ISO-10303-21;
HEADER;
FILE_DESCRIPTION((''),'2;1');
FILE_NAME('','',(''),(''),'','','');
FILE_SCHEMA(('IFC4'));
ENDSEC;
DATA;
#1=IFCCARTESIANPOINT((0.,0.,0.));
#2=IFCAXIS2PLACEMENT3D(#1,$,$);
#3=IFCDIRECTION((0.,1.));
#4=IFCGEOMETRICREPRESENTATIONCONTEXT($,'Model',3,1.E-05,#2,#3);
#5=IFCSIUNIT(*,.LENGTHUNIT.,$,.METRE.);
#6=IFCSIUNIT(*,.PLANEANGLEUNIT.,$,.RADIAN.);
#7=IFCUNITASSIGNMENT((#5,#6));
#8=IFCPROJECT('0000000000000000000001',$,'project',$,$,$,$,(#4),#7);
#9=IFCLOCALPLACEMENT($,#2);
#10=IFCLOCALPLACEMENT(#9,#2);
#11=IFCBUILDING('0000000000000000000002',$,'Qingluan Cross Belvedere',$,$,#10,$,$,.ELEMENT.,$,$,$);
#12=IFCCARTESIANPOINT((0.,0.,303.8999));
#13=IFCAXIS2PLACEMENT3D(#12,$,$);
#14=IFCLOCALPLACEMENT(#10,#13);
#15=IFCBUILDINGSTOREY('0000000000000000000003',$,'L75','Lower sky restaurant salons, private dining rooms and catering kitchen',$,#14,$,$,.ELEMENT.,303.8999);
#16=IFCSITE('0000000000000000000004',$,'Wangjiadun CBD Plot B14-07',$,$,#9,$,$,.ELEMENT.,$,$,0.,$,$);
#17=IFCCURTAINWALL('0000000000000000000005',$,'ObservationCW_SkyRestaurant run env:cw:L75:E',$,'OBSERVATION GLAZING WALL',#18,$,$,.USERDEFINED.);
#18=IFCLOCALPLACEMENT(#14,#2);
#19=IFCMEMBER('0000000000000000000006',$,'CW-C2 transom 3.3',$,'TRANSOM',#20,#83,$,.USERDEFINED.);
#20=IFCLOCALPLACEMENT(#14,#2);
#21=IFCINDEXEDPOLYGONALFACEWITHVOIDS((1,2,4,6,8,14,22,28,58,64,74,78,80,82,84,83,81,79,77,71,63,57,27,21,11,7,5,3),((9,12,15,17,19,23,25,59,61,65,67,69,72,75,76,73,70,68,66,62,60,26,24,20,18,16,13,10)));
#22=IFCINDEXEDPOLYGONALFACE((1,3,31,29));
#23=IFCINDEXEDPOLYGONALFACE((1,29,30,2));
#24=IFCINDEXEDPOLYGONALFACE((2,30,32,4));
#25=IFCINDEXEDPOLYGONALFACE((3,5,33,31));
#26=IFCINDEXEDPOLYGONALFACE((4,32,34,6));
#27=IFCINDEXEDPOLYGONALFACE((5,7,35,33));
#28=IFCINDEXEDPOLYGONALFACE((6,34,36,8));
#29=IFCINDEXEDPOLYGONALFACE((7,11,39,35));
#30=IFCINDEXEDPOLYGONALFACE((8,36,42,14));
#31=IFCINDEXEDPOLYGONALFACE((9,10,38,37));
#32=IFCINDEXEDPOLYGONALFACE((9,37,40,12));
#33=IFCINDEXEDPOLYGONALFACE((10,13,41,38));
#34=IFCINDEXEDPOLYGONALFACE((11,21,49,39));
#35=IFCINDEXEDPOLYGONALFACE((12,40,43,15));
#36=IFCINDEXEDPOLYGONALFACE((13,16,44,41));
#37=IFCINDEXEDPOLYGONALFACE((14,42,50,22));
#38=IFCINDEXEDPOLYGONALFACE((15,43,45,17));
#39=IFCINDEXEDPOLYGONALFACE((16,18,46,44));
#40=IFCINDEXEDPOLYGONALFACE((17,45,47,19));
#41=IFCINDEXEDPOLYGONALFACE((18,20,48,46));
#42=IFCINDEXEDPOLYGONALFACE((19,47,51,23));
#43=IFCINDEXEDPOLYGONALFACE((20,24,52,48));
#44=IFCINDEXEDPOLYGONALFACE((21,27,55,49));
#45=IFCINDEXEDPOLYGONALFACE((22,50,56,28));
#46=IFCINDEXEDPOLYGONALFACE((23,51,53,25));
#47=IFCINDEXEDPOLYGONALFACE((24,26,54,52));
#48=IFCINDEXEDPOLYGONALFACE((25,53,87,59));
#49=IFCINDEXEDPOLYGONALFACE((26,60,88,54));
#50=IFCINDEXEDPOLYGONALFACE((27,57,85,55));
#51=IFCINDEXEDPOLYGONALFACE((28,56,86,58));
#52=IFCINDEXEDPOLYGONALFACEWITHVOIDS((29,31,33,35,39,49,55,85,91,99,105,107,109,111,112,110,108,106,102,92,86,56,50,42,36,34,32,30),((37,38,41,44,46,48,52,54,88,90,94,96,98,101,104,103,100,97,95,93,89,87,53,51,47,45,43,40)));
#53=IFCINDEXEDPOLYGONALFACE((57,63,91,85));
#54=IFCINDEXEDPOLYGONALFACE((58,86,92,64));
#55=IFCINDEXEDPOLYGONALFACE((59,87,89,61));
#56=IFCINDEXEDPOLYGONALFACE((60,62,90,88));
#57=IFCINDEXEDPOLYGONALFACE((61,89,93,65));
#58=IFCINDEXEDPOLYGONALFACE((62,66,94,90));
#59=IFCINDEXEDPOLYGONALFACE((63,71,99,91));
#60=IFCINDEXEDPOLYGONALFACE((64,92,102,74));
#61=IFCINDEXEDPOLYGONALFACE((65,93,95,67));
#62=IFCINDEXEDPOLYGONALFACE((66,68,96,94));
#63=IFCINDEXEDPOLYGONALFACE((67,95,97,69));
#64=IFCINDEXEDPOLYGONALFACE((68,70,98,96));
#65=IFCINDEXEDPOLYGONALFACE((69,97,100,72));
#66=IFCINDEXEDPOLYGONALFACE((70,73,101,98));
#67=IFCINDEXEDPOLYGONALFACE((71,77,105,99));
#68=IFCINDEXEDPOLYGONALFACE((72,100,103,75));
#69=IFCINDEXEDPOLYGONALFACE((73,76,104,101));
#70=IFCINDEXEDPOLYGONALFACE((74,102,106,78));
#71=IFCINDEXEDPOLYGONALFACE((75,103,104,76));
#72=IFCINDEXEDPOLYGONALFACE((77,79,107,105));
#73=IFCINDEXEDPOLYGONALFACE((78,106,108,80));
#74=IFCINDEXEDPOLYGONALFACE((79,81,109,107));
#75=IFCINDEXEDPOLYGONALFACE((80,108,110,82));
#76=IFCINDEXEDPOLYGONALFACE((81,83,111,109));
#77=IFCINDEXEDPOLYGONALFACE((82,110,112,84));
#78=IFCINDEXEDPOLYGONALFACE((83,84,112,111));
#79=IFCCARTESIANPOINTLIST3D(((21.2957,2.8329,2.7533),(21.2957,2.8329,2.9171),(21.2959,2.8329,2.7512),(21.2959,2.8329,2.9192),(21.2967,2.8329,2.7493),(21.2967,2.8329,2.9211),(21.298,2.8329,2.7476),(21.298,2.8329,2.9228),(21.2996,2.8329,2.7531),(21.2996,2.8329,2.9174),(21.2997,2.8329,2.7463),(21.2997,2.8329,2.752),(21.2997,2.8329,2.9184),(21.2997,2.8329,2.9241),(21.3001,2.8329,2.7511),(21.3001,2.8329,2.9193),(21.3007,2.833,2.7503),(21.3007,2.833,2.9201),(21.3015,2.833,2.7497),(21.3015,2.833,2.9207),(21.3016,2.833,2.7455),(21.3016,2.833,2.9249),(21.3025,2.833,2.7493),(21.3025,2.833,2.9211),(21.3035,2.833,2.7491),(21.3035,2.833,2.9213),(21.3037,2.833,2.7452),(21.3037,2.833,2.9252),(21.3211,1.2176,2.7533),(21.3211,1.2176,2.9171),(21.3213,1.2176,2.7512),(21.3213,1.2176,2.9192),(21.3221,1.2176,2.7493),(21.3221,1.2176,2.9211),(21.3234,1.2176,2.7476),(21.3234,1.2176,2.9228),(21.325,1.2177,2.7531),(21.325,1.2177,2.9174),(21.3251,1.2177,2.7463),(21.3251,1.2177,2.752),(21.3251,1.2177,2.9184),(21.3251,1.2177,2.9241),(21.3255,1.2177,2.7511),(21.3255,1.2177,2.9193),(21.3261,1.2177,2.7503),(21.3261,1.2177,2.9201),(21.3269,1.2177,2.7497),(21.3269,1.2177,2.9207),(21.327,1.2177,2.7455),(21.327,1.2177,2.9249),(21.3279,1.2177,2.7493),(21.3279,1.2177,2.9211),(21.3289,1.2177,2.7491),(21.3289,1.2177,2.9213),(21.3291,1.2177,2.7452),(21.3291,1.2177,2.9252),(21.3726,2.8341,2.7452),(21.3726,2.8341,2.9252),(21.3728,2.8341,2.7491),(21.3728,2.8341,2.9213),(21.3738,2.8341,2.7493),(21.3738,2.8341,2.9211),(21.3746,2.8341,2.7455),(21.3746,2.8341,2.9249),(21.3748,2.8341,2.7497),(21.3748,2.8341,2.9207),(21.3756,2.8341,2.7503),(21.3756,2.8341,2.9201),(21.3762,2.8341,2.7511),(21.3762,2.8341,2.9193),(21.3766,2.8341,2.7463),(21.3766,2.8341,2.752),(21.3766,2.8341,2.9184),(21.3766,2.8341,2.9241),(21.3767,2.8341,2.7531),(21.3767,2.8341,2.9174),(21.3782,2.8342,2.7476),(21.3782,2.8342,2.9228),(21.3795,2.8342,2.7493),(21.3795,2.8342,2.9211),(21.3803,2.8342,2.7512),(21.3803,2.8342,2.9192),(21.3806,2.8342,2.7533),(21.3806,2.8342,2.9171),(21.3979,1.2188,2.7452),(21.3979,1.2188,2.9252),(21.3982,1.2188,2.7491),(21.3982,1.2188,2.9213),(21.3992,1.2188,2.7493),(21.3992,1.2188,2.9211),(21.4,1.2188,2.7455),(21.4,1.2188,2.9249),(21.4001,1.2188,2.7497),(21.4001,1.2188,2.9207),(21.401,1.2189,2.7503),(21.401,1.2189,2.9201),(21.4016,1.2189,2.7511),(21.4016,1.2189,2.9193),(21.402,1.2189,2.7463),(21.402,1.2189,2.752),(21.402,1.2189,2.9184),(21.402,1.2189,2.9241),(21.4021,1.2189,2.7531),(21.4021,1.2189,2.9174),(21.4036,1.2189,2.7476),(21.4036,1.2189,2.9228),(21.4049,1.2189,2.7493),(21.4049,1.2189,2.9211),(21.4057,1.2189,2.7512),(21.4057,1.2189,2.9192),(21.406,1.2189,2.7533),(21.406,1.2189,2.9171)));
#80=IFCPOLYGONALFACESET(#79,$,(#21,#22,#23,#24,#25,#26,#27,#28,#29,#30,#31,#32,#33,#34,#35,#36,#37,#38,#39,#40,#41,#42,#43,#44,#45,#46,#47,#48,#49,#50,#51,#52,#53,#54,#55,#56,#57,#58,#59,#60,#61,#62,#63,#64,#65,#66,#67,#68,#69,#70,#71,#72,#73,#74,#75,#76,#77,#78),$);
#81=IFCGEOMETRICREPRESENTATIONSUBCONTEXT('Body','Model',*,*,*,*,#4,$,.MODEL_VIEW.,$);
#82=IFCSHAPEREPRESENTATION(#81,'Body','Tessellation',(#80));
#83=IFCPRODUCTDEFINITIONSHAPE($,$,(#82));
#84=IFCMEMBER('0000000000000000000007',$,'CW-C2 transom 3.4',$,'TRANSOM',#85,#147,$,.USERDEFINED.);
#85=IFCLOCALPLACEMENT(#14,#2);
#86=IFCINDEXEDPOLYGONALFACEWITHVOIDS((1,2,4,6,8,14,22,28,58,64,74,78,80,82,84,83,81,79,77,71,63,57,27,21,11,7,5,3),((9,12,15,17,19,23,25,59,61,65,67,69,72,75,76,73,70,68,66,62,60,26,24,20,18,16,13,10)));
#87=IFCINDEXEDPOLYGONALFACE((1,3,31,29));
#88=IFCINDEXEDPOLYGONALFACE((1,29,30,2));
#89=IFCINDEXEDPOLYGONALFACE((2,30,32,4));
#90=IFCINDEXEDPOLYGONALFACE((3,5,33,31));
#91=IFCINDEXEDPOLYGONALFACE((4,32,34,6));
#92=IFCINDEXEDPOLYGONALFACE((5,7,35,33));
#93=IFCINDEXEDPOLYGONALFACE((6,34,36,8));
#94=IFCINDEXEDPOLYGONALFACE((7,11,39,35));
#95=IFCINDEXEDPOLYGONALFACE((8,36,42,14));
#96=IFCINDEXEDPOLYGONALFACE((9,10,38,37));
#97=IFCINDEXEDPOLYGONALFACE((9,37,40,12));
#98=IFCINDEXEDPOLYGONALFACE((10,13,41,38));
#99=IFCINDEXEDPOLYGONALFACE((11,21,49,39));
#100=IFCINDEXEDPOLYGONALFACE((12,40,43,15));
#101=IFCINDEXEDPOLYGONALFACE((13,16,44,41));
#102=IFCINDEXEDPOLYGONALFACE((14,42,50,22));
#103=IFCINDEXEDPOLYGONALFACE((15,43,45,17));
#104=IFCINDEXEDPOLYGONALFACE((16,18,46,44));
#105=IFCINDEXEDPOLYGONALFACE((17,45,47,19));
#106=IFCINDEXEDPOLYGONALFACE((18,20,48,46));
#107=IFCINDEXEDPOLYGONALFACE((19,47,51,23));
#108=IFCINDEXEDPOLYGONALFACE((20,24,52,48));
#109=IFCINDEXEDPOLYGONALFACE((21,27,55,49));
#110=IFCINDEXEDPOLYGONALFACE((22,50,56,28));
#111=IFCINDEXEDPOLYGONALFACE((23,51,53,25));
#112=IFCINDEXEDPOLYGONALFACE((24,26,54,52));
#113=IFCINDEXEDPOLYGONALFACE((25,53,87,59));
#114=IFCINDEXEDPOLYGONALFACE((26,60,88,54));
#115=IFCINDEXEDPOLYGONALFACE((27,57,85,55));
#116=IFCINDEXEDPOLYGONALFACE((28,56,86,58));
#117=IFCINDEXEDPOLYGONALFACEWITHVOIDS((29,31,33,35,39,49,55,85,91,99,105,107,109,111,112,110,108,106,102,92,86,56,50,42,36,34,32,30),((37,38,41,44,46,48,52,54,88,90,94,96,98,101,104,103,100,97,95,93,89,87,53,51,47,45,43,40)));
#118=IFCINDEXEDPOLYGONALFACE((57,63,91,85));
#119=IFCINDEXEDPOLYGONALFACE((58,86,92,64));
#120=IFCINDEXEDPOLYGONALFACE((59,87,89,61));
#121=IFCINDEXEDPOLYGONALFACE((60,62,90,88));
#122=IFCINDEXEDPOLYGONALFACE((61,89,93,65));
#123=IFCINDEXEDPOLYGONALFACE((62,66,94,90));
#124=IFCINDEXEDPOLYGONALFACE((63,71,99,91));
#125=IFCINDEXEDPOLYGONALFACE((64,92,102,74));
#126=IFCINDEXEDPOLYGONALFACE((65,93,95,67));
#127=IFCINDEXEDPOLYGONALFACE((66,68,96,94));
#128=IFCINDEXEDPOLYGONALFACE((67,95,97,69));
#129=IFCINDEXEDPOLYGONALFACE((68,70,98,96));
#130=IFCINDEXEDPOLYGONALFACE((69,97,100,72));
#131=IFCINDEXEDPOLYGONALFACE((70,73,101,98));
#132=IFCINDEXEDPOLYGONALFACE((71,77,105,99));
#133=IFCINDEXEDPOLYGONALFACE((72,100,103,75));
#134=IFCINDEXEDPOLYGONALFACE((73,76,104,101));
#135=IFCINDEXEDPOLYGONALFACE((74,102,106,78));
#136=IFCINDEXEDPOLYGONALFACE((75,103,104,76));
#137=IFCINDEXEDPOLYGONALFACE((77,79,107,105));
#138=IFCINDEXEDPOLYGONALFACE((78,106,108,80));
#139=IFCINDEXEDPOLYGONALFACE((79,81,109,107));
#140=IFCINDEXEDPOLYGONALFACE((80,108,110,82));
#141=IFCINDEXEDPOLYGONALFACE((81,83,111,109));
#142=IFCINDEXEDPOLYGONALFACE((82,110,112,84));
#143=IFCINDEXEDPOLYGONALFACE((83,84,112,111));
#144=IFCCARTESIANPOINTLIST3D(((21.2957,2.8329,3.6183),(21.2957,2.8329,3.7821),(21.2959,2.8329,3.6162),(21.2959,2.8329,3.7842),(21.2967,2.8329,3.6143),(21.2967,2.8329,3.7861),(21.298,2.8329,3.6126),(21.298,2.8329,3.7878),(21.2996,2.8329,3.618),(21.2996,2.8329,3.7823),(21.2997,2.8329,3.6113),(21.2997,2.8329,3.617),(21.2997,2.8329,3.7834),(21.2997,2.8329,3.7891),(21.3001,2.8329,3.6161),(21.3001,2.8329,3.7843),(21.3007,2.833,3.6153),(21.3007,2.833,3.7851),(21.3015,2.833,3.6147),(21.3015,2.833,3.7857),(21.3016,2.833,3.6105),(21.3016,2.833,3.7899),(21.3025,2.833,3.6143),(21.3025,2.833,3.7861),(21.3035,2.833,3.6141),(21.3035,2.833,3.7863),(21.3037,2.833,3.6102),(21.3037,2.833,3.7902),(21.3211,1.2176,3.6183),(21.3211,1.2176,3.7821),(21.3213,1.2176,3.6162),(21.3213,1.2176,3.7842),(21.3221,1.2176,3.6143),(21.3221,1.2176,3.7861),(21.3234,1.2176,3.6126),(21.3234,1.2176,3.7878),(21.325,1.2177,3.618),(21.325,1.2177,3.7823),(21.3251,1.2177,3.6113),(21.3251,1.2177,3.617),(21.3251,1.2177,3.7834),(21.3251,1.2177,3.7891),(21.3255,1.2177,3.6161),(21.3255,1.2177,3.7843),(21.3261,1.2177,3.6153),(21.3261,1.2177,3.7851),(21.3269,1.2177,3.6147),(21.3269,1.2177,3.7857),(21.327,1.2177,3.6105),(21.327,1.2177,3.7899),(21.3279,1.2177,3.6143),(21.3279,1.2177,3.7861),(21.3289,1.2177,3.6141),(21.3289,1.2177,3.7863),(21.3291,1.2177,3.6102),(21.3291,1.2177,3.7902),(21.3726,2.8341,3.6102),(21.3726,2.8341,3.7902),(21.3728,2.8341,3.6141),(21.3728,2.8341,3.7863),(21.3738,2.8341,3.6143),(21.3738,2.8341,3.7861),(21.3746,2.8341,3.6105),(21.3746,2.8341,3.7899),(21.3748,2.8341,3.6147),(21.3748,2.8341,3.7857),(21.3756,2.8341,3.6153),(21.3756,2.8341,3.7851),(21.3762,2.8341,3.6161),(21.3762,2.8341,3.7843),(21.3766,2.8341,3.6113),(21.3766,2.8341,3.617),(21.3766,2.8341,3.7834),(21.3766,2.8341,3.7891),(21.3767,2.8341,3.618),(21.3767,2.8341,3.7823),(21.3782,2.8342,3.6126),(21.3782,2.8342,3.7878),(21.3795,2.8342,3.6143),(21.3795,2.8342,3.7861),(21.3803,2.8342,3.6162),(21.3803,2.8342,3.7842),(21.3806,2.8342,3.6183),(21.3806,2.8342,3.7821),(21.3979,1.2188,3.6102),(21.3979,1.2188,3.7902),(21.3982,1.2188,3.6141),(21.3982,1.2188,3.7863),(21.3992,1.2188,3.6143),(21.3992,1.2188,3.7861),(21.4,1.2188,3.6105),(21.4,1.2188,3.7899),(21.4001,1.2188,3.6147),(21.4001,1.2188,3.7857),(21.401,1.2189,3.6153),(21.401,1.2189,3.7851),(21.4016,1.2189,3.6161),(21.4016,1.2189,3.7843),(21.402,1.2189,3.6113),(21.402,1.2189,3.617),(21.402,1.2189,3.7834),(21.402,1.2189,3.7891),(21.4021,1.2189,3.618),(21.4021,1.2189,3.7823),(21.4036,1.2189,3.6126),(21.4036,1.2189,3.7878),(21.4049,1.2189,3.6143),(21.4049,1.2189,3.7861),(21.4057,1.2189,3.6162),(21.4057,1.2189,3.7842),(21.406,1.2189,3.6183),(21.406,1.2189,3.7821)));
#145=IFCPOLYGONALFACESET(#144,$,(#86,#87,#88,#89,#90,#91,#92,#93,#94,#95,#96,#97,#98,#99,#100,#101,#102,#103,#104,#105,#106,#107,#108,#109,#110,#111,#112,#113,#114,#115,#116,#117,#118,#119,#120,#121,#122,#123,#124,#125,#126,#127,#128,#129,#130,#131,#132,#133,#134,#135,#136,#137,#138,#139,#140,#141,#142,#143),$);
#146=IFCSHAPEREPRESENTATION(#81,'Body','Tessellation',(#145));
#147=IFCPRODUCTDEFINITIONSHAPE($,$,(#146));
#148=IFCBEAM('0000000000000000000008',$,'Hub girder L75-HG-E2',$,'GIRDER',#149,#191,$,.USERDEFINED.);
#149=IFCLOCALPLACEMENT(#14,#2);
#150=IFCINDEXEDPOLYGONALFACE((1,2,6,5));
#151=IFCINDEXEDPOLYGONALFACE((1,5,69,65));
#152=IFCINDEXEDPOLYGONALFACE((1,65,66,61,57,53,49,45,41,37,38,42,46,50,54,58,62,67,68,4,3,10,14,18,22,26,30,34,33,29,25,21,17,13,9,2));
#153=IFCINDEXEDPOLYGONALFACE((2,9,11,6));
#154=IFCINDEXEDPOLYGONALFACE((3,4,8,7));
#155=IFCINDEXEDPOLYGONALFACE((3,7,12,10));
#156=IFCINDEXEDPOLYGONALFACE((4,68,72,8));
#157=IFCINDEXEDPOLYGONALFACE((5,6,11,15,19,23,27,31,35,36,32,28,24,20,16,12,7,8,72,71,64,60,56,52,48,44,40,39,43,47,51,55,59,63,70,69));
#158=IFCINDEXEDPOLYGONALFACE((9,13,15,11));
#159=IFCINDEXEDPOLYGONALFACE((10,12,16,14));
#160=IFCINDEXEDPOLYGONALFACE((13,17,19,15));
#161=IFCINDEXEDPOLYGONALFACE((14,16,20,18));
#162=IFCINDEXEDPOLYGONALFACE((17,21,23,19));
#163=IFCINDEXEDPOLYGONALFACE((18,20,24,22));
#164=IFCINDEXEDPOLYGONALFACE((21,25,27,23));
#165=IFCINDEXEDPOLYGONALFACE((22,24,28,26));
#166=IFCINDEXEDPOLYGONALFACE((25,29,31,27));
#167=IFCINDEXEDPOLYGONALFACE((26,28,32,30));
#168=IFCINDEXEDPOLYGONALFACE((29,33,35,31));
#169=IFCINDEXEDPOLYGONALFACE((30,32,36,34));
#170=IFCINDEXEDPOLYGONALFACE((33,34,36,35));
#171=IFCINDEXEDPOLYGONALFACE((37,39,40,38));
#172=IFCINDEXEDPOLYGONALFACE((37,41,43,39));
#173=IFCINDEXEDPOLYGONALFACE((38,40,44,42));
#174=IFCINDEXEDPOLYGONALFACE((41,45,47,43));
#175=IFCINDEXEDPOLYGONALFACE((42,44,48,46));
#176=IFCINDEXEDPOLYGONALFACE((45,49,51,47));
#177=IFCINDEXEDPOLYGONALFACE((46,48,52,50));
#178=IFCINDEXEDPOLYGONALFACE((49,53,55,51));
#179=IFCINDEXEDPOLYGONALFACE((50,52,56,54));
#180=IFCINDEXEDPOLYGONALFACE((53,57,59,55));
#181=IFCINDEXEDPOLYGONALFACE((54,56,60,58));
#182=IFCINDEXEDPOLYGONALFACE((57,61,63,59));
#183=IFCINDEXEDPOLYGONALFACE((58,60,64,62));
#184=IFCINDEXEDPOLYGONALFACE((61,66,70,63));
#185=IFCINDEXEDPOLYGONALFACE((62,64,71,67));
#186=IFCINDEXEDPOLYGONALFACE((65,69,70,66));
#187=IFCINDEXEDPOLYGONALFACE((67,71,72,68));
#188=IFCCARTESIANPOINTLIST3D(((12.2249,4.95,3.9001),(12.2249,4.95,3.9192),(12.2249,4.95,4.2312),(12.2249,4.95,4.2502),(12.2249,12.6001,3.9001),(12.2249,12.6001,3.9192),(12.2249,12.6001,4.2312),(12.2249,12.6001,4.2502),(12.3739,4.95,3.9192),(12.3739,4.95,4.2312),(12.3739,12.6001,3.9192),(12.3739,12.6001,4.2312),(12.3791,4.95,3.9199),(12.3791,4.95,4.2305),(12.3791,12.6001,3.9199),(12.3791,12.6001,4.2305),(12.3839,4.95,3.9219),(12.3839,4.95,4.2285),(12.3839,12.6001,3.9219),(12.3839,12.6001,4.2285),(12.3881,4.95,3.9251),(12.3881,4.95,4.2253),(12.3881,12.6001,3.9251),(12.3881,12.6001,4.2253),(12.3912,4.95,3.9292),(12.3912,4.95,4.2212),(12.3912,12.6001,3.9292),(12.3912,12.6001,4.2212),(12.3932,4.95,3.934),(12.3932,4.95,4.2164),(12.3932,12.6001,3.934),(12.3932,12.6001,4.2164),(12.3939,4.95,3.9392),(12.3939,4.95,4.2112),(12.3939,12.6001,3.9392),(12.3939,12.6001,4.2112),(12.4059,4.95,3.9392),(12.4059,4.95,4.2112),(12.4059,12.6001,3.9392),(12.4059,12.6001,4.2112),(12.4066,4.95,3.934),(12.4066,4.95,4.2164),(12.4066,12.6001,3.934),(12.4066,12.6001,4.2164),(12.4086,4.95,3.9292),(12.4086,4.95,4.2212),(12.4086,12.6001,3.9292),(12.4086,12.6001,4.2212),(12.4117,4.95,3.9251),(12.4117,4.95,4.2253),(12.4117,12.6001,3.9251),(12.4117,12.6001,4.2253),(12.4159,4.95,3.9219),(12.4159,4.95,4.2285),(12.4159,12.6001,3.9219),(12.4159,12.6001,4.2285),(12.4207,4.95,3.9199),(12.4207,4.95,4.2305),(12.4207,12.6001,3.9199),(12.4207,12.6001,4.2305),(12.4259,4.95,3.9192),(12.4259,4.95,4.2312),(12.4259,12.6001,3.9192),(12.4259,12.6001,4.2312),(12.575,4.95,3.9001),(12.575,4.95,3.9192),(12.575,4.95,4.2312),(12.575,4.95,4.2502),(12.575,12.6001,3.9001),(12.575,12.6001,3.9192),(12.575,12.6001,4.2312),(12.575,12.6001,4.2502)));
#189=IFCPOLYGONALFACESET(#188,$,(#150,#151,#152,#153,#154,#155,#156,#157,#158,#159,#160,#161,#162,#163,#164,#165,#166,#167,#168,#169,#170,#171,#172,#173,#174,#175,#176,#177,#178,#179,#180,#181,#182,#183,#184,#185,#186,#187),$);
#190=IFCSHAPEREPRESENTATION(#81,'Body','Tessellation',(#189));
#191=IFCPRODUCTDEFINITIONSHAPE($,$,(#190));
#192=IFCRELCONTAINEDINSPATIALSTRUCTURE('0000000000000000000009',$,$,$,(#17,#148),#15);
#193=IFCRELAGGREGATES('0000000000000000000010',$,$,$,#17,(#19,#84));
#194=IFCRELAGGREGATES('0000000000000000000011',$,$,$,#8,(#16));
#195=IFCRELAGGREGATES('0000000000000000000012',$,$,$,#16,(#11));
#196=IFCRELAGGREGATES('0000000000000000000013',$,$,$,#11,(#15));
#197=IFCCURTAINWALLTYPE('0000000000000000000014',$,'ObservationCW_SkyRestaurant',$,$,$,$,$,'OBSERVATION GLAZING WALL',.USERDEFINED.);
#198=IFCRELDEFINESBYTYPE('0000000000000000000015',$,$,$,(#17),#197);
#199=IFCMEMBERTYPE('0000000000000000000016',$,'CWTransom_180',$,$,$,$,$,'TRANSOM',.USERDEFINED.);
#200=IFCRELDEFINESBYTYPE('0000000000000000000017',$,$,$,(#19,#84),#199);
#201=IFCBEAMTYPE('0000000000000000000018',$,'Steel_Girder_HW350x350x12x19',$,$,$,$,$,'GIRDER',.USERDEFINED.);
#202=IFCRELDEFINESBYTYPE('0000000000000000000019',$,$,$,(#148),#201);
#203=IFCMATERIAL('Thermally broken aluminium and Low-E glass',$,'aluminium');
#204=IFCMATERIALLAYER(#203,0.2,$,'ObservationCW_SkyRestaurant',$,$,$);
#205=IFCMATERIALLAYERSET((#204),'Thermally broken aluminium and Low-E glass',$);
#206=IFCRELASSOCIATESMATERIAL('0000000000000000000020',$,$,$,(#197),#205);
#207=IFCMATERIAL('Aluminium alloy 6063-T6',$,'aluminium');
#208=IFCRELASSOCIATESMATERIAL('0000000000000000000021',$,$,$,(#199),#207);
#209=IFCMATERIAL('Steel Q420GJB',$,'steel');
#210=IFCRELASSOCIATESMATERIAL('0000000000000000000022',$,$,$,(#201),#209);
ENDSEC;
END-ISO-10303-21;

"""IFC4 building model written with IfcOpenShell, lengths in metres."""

from ifc_helpers import new_model, si_unit, direction, frame, origin, origin_2d, place, context, subcontext, project, spatial, hollow_rectangle, i_section, extrude, material, layer, layer_set, material_profile, profile_set, type_object, element, aggregate, save


model = new_model("IFC4")

# Units and contexts
model_context = context("Model", 3, precision=1e-05, world=origin(), true_north=direction((0.0, 1.0)))
body_context = subcontext(model_context, "Body", "Model", "MODEL_VIEW")
ifc_project = project(units=[si_unit("LENGTHUNIT", "METRE"), si_unit("PLANEANGLEUNIT", "RADIAN")], contexts=[model_context])

# Site, building, storey
site_placement = place(None, origin())
site = spatial("IfcSite", under=ifc_project, at=site_placement, Name="Wangjiadun CBD Plot B14-07", CompositionType="ELEMENT", RefElevation=0.0)
building_placement = place(site_placement, origin())
building = spatial("IfcBuilding", under=site, at=building_placement, Name="Qingluan Cross Belvedere", CompositionType="ELEMENT")
storey_placement = place(building_placement, frame((0.0, 0.0, 303.8999)))
storey = spatial("IfcBuildingStorey", under=building, at=storey_placement, Name="L75", Description="Lower sky restaurant salons, private dining rooms and catering kitchen", CompositionType="ELEMENT", Elevation=303.8999)

# Curtain wall, members
ifc_material_1 = material(Name="Thermally broken aluminium and Low-E glass", Category="aluminium")
ifc_layer_1 = layer(ifc_material_1, 0.2, Name="ObservationCW_SkyRestaurant")
ifc_layer_set_1 = layer_set([ifc_layer_1], Name="Thermally broken aluminium and Low-E glass")
curtain_wall_type = type_object("IfcCurtainWallType", Name="ObservationCW_SkyRestaurant", ElementType="OBSERVATION GLAZING WALL", PredefinedType="USERDEFINED", material=ifc_layer_set_1)
curtain_wall_placement = place(storey_placement, origin())
curtain_wall = element("IfcCurtainWall", 1, at=curtain_wall_placement, inside=storey, type_object=curtain_wall_type, Name="ObservationCW_SkyRestaurant run env:cw:L75:E", ObjectType="OBSERVATION GLAZING WALL", PredefinedType="USERDEFINED")
ifc_material_2 = material(Name="Aluminium alloy 6063-T6", Category="aluminium")
ifc_material_profile_1 = material_profile(ifc_material_2, hollow_rectangle(XDim=0.085, YDim=0.1799, WallThickness=0.0039, InnerFilletRadius=0.0039, OuterFilletRadius=0.0081, at=origin_2d()), Name="CWT180x85x4")
ifc_profile_set_1 = profile_set([ifc_material_profile_1], Name="Aluminium alloy 6063-T6")
member_type_1 = type_object("IfcMemberType", Name="CWTransom_180", ElementType="TRANSOM", PredefinedType="USERDEFINED", material=ifc_profile_set_1)
member_1_placement = place(storey_placement, frame((21.3635, 1.2183, 2.8352), z_axis=(-0.015718, 0.999876, 0.0), x_axis=(-0.999876, -0.015718, 0.0)))
member_1 = element("IfcMember", 2, at=member_1_placement, type_object=member_type_1, Name="CW-C2 transom 3.3", ObjectType="TRANSOM", PredefinedType="USERDEFINED", context=body_context, shape_type="SweptSolid", body=[
    extrude(hollow_rectangle(XDim=0.085, YDim=0.1799, WallThickness=0.0039, InnerFilletRadius=0.0039, OuterFilletRadius=0.0081, at=origin_2d()), origin(), (0.0, 0.0, 1.0), 1.6155),
])
member_2_placement = place(storey_placement, frame((21.3635, 1.2183, 3.7002), z_axis=(-0.015718, 0.999876, 0.0), x_axis=(-0.999876, -0.015718, 0.0)))
member_2 = element("IfcMember", 3, at=member_2_placement, type_object=member_type_1, Name="CW-C2 transom 3.4", ObjectType="TRANSOM", PredefinedType="USERDEFINED", context=body_context, shape_type="SweptSolid", body=[
    extrude(hollow_rectangle(XDim=0.085, YDim=0.1799, WallThickness=0.0039, InnerFilletRadius=0.0039, OuterFilletRadius=0.0081, at=origin_2d()), origin(), (0.0, 0.0, 1.0), 1.6155),
])

# Beam
ifc_material_3 = material(Name="Steel Q420GJB", Category="steel")
ifc_material_profile_2 = material_profile(ifc_material_3, i_section(OverallWidth=0.3501, OverallDepth=0.3501, WebThickness=0.012, FlangeThickness=0.019, FilletRadius=0.02, at=origin_2d()), Name="HW350x350x12x19")
ifc_profile_set_2 = profile_set([ifc_material_profile_2], Name="Steel Q420GJB")
beam_type = type_object("IfcBeamType", Name="Steel_Girder_HW350x350x12x19", ElementType="GIRDER", PredefinedType="USERDEFINED", material=ifc_profile_set_2)
beam_placement = place(storey_placement, frame((12.3999, 4.95, 4.0752), z_axis=(0.0, 1.0, 0.0), x_axis=(-1.0, 0.0, 0.0)))
element("IfcBeam", 4, at=beam_placement, inside=storey, type_object=beam_type, Name="Hub girder L75-HG-E2", ObjectType="GIRDER", PredefinedType="USERDEFINED", context=body_context, shape_type="SweptSolid", body=[
    extrude(i_section(OverallWidth=0.3501, OverallDepth=0.3501, WebThickness=0.012, FlangeThickness=0.019, FilletRadius=0.02, at=origin_2d()), origin(), (0.0, 0.0, 1.0), 7.6501),
])

aggregate(curtain_wall, [member_1, member_2])

save(model, "model.ifc")
